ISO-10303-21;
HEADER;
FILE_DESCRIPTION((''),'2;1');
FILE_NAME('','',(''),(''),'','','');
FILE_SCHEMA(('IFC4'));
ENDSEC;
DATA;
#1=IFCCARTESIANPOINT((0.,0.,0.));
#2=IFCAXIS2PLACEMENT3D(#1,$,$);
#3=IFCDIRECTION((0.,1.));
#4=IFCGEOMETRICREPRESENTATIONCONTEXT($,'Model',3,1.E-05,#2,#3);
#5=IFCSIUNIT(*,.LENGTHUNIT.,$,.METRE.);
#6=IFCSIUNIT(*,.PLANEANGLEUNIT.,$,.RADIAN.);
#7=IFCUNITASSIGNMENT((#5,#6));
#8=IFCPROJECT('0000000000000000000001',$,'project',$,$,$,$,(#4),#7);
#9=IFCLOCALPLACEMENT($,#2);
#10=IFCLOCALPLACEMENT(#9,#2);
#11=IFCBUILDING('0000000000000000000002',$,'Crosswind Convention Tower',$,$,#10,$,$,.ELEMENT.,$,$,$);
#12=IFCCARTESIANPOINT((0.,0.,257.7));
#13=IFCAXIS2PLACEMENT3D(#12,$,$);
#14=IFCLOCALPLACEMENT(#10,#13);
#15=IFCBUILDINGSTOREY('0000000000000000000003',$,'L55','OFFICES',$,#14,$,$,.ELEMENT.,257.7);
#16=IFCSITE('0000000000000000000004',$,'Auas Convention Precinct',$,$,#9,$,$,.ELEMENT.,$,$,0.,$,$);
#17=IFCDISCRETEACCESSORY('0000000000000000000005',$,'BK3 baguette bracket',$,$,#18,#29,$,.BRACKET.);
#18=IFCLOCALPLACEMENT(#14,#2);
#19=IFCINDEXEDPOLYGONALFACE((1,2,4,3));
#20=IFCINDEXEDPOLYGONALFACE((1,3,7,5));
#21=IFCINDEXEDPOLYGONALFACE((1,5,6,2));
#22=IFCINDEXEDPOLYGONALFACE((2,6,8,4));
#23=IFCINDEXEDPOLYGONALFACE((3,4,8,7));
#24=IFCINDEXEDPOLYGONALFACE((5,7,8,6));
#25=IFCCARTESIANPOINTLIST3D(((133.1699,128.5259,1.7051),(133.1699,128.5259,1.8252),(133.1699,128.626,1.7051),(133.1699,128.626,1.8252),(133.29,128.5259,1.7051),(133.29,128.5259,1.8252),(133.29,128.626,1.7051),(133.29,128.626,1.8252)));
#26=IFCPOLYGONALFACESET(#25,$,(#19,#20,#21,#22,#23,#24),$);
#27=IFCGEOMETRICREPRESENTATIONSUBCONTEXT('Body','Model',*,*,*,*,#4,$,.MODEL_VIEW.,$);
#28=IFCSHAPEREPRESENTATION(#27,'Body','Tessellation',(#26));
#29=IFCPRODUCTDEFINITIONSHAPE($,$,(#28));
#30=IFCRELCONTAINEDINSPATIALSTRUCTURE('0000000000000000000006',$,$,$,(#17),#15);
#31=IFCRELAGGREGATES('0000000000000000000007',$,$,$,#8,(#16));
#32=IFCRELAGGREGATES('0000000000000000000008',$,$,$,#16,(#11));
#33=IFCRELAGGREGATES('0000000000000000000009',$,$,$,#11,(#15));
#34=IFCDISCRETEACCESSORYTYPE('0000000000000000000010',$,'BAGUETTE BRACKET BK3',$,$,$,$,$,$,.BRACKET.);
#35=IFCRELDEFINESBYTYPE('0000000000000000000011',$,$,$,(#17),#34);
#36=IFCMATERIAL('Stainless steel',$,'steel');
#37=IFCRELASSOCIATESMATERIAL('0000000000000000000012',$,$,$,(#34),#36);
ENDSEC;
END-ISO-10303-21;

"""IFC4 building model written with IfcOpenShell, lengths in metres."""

from ifc_helpers import new_model, si_unit, direction, frame, origin, origin_2d, place, context, subcontext, project, spatial, rectangle, extrude, material, type_object, element, save


model = new_model("IFC4")

# Units and contexts
model_context = context("Model", 3, precision=1e-05, world=origin(), true_north=direction((0.0, 1.0)))
body_context = subcontext(model_context, "Body", "Model", "MODEL_VIEW")
ifc_project = project(units=[si_unit("LENGTHUNIT", "METRE"), si_unit("PLANEANGLEUNIT", "RADIAN")], contexts=[model_context])

# Site, building, storey
site_placement = place(None, origin())
site = spatial("IfcSite", under=ifc_project, at=site_placement, Name="Auas Convention Precinct", CompositionType="ELEMENT", RefElevation=0.0)
building_placement = place(site_placement, origin())
building = spatial("IfcBuilding", under=site, at=building_placement, Name="Crosswind Convention Tower", CompositionType="ELEMENT")
storey_placement = place(building_placement, frame((0.0, 0.0, 257.7)))
storey = spatial("IfcBuildingStorey", under=building, at=storey_placement, Name="L55", Description="OFFICES", CompositionType="ELEMENT", Elevation=257.7)

# Discrete accessory
ifc_material_1 = material(Name="Stainless steel", Category="steel")
discrete_accessory_type = type_object("IfcDiscreteAccessoryType", Name="BAGUETTE BRACKET BK3", PredefinedType="BRACKET", material=ifc_material_1)
discrete_accessory_placement = place(storey_placement, frame((133.23, 128.5759, 1.7051), z_axis=(0.0, 0.0, 1.0), x_axis=(-1.0, 0.0, 0.0)))
element("IfcDiscreteAccessory", 1, at=discrete_accessory_placement, inside=storey, type_object=discrete_accessory_type, Name="BK3 baguette bracket", PredefinedType="BRACKET", context=body_context, shape_type="SweptSolid", body=[
    extrude(rectangle(XDim=0.1201, YDim=0.1001, at=origin_2d()), origin(), (0.0, 0.0, 1.0), 0.1201),
])

save(model, "model.ifc")
